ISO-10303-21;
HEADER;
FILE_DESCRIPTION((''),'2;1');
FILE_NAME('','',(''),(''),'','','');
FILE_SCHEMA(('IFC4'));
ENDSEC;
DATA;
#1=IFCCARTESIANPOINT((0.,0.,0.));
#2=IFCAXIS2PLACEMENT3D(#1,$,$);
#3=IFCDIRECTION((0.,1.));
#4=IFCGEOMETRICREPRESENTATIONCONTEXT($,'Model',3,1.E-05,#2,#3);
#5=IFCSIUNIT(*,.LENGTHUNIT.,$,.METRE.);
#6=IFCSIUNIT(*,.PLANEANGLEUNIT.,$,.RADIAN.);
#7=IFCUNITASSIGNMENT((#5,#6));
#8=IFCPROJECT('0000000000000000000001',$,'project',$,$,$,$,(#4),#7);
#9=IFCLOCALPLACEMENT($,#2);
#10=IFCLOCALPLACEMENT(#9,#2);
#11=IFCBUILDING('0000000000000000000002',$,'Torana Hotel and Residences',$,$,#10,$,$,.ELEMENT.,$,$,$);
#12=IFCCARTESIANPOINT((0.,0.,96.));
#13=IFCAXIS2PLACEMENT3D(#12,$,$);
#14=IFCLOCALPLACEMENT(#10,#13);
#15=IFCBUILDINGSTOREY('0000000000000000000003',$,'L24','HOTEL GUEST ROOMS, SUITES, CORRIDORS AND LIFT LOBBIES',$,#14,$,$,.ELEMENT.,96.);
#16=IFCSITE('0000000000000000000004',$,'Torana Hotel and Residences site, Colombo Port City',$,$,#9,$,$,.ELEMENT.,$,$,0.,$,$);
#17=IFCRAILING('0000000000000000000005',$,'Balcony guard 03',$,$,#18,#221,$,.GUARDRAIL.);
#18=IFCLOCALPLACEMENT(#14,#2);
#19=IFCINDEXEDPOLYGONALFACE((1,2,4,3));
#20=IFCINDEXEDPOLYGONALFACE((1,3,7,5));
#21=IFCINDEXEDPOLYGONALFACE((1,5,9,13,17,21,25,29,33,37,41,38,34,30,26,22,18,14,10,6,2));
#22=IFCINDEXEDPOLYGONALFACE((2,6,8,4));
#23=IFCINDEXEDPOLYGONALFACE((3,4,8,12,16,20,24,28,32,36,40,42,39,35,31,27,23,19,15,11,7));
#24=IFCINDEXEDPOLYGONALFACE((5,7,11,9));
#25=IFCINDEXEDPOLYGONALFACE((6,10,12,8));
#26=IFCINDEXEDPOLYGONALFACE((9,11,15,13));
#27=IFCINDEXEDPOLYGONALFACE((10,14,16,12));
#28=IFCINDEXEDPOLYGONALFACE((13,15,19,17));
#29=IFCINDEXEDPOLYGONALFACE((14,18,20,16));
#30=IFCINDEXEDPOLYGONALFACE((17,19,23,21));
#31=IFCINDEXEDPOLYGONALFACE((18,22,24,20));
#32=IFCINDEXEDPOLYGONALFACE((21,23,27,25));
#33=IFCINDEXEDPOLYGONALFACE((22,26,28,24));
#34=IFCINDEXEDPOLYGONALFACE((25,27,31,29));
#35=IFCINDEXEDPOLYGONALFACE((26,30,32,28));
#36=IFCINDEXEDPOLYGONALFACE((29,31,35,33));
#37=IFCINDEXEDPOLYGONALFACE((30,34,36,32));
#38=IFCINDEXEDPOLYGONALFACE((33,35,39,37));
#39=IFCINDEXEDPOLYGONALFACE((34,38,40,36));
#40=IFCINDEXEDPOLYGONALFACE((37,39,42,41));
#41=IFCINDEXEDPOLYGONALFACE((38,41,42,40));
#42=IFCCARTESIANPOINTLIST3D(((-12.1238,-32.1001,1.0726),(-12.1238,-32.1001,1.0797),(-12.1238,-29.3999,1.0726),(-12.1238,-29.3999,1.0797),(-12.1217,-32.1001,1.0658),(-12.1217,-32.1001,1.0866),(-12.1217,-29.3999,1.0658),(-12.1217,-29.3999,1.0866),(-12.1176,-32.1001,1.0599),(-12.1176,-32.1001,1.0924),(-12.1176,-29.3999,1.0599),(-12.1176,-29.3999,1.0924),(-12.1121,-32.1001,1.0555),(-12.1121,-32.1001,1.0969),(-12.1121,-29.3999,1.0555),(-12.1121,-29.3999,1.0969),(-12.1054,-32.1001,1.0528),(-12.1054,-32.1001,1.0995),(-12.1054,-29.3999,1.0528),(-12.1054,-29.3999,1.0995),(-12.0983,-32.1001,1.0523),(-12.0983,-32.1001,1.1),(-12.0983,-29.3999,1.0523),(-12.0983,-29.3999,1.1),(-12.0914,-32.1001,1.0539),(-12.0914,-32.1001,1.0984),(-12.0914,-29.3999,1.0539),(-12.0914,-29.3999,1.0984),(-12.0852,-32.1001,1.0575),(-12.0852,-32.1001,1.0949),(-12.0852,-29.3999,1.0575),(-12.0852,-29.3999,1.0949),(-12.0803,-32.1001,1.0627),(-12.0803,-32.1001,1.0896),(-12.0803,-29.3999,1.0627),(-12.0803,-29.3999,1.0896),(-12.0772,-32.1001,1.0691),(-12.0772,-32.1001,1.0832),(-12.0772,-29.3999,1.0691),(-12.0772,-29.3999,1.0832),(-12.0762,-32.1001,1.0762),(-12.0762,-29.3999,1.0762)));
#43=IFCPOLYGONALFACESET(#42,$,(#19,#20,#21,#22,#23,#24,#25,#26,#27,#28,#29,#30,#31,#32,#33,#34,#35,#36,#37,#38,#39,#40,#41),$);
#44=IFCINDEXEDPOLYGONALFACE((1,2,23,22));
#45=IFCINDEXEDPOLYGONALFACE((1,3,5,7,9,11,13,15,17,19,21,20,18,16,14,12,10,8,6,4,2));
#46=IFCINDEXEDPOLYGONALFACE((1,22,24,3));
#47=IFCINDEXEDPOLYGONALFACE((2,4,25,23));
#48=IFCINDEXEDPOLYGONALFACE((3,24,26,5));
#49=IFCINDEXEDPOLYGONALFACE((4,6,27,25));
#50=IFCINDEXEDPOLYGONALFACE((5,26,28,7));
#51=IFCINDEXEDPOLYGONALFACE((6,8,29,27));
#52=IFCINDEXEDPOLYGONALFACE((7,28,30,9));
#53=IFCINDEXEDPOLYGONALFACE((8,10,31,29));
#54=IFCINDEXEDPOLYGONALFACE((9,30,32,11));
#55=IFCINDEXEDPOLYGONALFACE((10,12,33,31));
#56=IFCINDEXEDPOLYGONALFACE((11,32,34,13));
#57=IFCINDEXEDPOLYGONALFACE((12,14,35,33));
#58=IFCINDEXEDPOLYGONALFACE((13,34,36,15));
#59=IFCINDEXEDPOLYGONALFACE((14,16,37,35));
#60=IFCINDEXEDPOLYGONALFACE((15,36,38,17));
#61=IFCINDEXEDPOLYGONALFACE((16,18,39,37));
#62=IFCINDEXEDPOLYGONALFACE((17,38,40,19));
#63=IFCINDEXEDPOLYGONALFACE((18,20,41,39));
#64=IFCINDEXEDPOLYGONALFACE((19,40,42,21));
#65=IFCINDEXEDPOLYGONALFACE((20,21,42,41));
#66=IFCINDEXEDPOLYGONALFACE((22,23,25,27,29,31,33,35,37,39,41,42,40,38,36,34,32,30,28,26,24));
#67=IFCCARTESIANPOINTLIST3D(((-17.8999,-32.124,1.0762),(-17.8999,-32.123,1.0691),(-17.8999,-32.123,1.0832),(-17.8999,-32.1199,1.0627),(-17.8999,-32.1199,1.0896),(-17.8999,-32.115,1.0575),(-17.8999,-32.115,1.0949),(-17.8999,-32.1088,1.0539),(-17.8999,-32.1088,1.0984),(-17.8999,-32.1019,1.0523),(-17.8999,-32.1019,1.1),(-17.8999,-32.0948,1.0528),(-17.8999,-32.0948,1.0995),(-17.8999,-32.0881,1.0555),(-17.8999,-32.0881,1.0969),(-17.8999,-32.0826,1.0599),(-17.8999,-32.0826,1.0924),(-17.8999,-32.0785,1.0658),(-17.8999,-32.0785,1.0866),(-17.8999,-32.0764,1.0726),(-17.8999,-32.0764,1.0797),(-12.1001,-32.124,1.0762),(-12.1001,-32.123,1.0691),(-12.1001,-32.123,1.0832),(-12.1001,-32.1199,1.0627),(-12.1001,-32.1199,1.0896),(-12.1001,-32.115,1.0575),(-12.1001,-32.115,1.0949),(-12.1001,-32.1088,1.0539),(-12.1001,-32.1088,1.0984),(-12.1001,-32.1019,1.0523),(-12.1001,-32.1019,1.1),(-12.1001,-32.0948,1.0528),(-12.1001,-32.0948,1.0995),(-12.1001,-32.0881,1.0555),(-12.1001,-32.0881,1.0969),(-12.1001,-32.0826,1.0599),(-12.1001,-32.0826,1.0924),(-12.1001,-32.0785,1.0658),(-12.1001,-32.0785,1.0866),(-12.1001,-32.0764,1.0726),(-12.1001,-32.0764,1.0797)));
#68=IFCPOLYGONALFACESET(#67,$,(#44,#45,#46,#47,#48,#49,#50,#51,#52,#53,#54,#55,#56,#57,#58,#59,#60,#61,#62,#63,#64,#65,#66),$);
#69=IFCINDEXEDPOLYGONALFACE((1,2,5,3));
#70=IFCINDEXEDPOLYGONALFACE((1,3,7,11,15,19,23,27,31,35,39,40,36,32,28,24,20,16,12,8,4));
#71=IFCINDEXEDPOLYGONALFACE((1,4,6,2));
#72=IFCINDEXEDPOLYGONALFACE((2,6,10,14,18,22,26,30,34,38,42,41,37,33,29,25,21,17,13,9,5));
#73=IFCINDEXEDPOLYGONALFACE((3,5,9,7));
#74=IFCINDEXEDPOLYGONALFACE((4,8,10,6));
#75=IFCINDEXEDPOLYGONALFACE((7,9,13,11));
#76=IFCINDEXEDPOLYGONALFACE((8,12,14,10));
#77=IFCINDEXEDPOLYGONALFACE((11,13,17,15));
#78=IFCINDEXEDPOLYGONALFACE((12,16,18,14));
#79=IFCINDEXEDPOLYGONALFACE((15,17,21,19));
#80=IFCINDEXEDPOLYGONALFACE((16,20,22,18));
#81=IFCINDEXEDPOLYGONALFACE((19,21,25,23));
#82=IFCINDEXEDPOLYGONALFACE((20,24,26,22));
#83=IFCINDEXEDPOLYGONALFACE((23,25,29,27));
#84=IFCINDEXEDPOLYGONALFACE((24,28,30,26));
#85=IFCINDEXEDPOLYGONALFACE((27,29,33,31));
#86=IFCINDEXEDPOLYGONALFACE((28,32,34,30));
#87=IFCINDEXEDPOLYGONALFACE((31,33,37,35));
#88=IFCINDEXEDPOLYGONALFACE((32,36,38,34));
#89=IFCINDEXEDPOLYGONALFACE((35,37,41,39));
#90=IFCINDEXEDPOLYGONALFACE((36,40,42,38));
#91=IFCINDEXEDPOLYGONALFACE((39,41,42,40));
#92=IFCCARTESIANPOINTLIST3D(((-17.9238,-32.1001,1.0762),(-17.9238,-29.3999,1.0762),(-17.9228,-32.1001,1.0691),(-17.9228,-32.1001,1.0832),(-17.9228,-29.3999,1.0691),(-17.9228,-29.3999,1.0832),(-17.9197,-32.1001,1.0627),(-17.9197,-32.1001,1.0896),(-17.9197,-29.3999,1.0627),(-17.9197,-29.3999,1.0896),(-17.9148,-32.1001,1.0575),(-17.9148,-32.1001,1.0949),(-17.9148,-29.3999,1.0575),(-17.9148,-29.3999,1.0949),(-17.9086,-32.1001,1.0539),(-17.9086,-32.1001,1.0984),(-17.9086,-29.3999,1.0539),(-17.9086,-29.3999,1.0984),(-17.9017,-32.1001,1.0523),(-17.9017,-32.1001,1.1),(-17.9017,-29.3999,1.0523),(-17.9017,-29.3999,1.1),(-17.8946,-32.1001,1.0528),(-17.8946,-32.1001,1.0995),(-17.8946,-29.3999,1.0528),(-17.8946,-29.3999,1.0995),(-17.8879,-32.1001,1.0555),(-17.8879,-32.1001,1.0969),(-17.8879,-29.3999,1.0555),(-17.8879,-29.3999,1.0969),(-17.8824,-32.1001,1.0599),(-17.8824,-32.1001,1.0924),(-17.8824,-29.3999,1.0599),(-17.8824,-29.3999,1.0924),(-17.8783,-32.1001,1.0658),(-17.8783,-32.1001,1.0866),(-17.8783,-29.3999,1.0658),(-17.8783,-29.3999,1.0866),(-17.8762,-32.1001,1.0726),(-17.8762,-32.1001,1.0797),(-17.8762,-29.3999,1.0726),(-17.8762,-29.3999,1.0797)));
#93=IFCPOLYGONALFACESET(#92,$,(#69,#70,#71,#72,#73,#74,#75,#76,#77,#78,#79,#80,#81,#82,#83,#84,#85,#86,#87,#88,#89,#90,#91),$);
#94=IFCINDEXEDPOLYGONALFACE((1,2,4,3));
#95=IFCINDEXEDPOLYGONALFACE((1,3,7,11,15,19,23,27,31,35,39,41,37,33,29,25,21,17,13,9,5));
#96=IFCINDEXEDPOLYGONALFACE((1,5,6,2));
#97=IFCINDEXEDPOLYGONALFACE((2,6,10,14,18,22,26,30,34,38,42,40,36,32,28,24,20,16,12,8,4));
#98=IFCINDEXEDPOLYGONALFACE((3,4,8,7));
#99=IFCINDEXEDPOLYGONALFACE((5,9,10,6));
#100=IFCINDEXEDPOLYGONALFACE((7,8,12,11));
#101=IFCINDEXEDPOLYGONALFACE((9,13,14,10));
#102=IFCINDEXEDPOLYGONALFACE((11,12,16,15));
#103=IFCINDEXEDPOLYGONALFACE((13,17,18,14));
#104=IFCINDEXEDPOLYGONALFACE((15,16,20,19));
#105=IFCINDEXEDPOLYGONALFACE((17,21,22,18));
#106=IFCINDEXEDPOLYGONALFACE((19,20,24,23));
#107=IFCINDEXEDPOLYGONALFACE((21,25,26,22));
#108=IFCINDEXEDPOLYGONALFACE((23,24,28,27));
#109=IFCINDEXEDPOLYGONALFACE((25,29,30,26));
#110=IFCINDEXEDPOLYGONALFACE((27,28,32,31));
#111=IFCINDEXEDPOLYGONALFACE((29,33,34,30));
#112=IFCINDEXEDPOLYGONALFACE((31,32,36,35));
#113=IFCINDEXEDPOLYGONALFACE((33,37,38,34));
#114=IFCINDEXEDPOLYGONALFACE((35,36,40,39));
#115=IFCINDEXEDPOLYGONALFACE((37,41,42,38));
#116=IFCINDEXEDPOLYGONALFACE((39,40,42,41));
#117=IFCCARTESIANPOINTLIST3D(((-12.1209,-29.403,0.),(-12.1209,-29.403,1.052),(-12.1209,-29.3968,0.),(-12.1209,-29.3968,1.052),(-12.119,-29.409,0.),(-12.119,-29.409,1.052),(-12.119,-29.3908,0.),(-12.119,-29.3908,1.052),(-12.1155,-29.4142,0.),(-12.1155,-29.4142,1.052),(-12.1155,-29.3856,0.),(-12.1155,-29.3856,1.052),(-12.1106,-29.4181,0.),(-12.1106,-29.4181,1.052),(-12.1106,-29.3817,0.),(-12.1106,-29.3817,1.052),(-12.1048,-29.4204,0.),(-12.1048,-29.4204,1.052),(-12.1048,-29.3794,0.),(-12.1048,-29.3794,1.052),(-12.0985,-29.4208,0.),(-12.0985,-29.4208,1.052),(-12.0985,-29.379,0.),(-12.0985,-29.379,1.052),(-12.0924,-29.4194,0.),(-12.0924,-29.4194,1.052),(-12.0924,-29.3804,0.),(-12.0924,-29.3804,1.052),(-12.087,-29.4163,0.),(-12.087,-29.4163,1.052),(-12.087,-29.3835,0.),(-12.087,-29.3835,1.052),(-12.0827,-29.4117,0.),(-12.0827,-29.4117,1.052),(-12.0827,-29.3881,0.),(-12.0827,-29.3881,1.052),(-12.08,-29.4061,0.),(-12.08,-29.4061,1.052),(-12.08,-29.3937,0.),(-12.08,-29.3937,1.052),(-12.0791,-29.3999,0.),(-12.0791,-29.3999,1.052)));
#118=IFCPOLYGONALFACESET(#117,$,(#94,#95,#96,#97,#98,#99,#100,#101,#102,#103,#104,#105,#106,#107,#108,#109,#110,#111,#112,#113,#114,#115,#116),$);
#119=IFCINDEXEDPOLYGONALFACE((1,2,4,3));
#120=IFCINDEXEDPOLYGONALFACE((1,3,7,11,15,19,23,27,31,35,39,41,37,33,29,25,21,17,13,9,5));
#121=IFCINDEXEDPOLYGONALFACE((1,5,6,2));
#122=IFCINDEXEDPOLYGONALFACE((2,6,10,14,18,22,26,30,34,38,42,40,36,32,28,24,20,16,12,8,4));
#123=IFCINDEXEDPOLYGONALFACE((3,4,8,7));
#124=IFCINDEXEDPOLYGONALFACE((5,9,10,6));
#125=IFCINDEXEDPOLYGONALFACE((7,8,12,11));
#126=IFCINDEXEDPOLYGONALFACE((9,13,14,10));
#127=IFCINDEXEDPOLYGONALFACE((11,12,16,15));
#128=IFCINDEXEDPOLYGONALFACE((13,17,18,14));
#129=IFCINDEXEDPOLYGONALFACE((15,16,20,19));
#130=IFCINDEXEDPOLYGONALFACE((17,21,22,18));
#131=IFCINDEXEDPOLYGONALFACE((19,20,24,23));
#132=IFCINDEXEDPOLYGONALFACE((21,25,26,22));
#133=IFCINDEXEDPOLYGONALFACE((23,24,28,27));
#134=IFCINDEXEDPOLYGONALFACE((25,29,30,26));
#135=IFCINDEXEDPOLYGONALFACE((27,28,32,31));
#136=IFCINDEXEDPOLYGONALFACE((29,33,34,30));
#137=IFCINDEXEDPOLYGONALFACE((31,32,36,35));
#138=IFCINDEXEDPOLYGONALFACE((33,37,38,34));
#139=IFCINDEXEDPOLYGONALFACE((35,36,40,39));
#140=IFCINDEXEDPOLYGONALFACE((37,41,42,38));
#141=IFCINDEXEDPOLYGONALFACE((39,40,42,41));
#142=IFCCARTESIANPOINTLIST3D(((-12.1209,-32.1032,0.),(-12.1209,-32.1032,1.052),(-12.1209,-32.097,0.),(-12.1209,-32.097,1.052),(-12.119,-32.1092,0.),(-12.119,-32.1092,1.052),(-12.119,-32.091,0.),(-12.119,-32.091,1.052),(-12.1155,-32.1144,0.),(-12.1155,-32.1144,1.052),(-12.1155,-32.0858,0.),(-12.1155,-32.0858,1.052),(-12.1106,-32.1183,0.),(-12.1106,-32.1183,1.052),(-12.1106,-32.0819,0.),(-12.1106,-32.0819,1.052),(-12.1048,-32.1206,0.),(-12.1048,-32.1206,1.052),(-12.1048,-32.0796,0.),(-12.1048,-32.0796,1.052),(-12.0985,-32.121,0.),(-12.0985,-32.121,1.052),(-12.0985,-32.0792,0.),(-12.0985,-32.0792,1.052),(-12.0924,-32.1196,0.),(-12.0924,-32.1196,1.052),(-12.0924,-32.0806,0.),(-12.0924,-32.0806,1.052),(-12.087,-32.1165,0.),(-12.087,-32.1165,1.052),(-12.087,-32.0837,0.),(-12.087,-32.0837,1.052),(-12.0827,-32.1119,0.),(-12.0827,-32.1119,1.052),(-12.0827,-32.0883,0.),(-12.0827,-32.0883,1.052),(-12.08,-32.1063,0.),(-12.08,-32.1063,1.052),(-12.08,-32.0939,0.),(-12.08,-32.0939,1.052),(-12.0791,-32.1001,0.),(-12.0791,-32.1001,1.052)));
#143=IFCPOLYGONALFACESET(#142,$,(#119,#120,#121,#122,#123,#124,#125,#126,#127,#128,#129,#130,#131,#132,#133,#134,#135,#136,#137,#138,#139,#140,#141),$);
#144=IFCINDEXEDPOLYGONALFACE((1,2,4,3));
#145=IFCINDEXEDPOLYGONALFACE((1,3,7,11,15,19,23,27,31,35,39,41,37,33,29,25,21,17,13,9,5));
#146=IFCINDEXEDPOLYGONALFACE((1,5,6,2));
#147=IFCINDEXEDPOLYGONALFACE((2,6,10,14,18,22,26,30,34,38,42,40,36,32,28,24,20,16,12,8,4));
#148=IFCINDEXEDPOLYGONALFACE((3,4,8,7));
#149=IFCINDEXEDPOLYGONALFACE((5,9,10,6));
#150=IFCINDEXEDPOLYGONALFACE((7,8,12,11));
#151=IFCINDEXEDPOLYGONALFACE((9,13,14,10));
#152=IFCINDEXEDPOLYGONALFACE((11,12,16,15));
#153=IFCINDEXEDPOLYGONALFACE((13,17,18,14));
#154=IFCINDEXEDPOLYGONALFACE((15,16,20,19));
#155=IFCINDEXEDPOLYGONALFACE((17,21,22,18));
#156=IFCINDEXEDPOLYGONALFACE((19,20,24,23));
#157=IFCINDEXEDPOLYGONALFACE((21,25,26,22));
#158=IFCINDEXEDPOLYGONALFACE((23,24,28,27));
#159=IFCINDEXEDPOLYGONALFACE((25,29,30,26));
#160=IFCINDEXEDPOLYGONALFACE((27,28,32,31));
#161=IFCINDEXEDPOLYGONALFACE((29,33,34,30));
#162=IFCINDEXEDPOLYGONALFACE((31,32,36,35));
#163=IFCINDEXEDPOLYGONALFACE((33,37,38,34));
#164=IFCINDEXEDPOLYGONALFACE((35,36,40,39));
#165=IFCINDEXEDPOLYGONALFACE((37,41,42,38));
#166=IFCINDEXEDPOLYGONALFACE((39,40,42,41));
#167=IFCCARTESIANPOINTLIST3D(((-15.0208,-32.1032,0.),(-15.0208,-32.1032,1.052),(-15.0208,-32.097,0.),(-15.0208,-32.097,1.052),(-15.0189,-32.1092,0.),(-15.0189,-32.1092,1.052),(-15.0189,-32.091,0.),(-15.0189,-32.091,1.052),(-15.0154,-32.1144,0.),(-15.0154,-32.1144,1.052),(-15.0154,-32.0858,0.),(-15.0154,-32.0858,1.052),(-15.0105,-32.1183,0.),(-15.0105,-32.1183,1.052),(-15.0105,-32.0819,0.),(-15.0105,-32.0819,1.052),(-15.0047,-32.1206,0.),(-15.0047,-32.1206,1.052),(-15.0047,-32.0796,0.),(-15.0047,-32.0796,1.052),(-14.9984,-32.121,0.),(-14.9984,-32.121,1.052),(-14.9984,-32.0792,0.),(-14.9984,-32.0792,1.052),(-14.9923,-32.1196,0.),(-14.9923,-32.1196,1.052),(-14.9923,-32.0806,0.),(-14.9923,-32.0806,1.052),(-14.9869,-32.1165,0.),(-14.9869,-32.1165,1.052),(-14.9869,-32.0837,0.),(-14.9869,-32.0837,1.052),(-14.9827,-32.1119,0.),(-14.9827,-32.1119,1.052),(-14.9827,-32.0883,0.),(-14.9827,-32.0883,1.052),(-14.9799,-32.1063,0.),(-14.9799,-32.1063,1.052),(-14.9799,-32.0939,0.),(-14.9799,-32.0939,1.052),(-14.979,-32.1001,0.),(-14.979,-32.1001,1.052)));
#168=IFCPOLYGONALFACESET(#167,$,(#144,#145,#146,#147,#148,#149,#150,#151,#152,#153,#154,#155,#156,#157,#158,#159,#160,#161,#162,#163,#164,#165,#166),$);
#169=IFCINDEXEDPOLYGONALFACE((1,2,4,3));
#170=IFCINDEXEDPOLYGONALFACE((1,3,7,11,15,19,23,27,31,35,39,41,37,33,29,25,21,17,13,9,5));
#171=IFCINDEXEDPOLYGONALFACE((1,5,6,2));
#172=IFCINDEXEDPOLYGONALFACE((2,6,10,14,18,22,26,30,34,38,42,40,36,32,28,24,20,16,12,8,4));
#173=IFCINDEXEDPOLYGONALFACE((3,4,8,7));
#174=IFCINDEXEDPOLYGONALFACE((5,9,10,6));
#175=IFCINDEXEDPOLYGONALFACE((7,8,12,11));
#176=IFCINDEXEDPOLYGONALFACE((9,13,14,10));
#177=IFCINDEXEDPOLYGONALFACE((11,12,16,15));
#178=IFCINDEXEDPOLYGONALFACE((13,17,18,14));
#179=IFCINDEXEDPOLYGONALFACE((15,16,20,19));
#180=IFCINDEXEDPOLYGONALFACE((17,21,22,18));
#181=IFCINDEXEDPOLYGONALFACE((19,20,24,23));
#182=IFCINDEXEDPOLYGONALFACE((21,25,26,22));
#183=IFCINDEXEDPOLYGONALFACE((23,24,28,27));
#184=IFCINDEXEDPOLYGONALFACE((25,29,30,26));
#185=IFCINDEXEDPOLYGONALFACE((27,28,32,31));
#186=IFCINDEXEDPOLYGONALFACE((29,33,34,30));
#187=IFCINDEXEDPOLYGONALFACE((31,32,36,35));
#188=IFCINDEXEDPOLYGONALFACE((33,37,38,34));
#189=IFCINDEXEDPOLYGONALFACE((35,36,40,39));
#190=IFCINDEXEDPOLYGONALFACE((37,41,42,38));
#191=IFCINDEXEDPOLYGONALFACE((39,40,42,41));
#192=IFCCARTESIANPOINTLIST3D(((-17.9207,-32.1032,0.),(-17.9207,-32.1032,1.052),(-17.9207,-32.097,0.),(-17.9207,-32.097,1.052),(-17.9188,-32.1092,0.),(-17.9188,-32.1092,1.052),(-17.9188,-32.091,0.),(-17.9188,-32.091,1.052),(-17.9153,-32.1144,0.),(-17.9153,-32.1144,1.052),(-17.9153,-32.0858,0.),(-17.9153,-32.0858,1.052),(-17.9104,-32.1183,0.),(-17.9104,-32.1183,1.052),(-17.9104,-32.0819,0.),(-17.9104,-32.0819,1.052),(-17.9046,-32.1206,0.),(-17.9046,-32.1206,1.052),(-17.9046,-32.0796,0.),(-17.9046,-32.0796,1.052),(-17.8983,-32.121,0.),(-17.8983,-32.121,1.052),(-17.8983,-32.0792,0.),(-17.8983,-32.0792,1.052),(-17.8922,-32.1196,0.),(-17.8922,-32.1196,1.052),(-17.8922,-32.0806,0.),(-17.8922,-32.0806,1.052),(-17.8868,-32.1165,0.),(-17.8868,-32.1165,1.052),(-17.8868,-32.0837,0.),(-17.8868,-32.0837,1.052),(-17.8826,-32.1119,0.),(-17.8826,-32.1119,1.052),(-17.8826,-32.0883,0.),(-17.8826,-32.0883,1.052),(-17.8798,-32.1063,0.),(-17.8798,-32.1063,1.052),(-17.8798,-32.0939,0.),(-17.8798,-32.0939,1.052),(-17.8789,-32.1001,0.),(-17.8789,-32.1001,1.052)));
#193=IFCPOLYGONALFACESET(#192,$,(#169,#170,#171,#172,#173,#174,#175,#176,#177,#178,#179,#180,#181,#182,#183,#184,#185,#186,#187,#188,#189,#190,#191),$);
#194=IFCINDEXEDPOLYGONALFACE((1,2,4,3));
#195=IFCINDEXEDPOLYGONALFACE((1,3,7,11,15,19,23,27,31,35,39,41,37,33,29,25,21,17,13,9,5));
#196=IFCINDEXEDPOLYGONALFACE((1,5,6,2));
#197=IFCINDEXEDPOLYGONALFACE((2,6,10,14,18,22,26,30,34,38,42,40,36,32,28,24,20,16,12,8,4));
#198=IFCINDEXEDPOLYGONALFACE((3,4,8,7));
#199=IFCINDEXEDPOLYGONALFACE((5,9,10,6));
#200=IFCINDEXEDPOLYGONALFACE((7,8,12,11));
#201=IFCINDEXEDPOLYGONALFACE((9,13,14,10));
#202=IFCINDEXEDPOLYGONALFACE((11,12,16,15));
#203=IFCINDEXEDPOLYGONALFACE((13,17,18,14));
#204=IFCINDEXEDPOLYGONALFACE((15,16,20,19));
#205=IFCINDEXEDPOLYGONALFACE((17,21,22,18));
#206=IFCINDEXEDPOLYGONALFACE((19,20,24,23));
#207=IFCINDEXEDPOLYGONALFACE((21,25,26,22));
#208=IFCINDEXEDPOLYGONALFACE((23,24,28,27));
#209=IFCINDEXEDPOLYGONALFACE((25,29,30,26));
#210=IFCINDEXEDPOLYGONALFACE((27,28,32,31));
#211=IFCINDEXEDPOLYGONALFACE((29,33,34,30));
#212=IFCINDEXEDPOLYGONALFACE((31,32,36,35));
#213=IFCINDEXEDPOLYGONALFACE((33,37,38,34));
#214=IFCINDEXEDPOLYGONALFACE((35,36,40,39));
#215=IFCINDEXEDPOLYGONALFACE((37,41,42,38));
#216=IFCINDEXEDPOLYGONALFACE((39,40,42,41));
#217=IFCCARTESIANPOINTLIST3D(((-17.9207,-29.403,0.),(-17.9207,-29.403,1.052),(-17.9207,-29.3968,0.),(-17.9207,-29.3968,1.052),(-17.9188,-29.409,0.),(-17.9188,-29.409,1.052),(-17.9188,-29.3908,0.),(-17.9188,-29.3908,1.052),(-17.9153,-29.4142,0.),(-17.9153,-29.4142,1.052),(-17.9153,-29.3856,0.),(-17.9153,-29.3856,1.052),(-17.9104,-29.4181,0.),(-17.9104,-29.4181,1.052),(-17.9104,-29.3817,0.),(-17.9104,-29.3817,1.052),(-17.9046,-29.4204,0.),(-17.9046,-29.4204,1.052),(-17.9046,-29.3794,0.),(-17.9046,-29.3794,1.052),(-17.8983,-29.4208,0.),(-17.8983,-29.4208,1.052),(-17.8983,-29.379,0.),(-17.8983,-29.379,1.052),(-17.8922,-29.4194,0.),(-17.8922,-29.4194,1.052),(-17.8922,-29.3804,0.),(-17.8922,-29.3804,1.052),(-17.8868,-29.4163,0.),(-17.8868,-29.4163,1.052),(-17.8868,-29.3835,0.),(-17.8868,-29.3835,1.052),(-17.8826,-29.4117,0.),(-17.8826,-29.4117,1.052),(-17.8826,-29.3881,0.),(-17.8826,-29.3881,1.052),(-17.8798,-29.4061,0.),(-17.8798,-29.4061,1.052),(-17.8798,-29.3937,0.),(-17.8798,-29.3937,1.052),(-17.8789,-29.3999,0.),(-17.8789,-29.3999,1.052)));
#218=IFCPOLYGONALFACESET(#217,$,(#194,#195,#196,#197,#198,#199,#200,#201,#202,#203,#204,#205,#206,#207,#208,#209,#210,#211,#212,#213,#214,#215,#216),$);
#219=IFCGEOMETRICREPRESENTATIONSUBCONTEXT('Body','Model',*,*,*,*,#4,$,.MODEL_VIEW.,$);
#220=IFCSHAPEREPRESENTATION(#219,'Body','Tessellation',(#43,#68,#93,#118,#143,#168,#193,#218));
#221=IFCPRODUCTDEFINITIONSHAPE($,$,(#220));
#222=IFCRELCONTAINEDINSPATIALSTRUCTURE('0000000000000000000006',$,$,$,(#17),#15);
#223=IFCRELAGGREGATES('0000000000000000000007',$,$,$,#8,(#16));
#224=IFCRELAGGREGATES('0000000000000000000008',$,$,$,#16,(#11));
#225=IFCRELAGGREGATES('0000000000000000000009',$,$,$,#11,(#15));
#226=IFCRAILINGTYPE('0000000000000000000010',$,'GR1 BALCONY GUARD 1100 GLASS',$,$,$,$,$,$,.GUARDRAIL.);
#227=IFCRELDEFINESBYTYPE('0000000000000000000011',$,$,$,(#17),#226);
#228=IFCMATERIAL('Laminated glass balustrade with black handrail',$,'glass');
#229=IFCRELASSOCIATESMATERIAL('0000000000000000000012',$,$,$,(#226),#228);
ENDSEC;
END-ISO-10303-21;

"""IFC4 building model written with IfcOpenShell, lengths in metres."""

from ifc_helpers import new_model, si_unit, direction, frame, origin, origin_2d, place, context, subcontext, project, spatial, circle, extrude, material, type_object, element, save


model = new_model("IFC4")

# Units and contexts
model_context = context("Model", 3, precision=1e-05, world=origin(), true_north=direction((0.0, 1.0)))
body_context = subcontext(model_context, "Body", "Model", "MODEL_VIEW")
ifc_project = project(units=[si_unit("LENGTHUNIT", "METRE"), si_unit("PLANEANGLEUNIT", "RADIAN")], contexts=[model_context])

# Site, building, storey
site_placement = place(None, origin())
site = spatial("IfcSite", under=ifc_project, at=site_placement, Name="Torana Hotel and Residences site, Colombo Port City", CompositionType="ELEMENT", RefElevation=0.0)
building_placement = place(site_placement, origin())
building = spatial("IfcBuilding", under=site, at=building_placement, Name="Torana Hotel and Residences", CompositionType="ELEMENT")
storey_placement = place(building_placement, frame((0.0, 0.0, 96.0)))
storey = spatial("IfcBuildingStorey", under=building, at=storey_placement, Name="L24", Description="HOTEL GUEST ROOMS, SUITES, CORRIDORS AND LIFT LOBBIES", CompositionType="ELEMENT", Elevation=96.0)

# Railing
ifc_material_1 = material(Name="Laminated glass balustrade with black handrail", Category="glass")
railing_type = type_object("IfcRailingType", Name="GR1 BALCONY GUARD 1100 GLASS", PredefinedType="GUARDRAIL", material=ifc_material_1)
railing_placement = place(storey_placement, frame((-12.1001, -29.3999, 0.0)))
element("IfcRailing", 1, at=railing_placement, inside=storey, type_object=railing_type, Name="Balcony guard 03", PredefinedType="GUARDRAIL", context=body_context, shape_type="SweptSolid", body=[
    extrude(circle(Radius=0.0239, at=origin_2d()), frame((0.0, 0.0, 1.0762), z_axis=(0.0, -1.0, 0.0), x_axis=(1.0, 0.0, 0.0)), (0.0, 0.0, 1.0), 2.7002),
    extrude(circle(Radius=0.0239, at=origin_2d()), frame((0.0, -2.7002, 1.0762), z_axis=(-1.0, 0.0, 0.0), x_axis=(0.0, -1.0, 0.0)), (0.0, 0.0, 1.0), 5.7998),
    extrude(circle(Radius=0.0239, at=origin_2d()), frame((-5.7998, -2.7002, 1.0762), z_axis=(0.0, 1.0, 0.0), x_axis=(-1.0, 0.0, 0.0)), (0.0, 0.0, 1.0), 2.7002),
    extrude(circle(Radius=0.021, at=origin_2d()), origin(), (0.0, 0.0, 1.0), 1.052),
    extrude(circle(Radius=0.021, at=origin_2d()), frame((0.0, -2.7002, 0.0)), (0.0, 0.0, 1.0), 1.052),
    extrude(circle(Radius=0.021, at=origin_2d()), frame((-2.8999, -2.7002, 0.0)), (0.0, 0.0, 1.0), 1.052),
    extrude(circle(Radius=0.021, at=origin_2d()), frame((-5.7998, -2.7002, 0.0)), (0.0, 0.0, 1.0), 1.052),
    extrude(circle(Radius=0.021, at=origin_2d()), frame((-5.7998, 0.0, 0.0)), (0.0, 0.0, 1.0), 1.052),
])

save(model, "model.ifc")
